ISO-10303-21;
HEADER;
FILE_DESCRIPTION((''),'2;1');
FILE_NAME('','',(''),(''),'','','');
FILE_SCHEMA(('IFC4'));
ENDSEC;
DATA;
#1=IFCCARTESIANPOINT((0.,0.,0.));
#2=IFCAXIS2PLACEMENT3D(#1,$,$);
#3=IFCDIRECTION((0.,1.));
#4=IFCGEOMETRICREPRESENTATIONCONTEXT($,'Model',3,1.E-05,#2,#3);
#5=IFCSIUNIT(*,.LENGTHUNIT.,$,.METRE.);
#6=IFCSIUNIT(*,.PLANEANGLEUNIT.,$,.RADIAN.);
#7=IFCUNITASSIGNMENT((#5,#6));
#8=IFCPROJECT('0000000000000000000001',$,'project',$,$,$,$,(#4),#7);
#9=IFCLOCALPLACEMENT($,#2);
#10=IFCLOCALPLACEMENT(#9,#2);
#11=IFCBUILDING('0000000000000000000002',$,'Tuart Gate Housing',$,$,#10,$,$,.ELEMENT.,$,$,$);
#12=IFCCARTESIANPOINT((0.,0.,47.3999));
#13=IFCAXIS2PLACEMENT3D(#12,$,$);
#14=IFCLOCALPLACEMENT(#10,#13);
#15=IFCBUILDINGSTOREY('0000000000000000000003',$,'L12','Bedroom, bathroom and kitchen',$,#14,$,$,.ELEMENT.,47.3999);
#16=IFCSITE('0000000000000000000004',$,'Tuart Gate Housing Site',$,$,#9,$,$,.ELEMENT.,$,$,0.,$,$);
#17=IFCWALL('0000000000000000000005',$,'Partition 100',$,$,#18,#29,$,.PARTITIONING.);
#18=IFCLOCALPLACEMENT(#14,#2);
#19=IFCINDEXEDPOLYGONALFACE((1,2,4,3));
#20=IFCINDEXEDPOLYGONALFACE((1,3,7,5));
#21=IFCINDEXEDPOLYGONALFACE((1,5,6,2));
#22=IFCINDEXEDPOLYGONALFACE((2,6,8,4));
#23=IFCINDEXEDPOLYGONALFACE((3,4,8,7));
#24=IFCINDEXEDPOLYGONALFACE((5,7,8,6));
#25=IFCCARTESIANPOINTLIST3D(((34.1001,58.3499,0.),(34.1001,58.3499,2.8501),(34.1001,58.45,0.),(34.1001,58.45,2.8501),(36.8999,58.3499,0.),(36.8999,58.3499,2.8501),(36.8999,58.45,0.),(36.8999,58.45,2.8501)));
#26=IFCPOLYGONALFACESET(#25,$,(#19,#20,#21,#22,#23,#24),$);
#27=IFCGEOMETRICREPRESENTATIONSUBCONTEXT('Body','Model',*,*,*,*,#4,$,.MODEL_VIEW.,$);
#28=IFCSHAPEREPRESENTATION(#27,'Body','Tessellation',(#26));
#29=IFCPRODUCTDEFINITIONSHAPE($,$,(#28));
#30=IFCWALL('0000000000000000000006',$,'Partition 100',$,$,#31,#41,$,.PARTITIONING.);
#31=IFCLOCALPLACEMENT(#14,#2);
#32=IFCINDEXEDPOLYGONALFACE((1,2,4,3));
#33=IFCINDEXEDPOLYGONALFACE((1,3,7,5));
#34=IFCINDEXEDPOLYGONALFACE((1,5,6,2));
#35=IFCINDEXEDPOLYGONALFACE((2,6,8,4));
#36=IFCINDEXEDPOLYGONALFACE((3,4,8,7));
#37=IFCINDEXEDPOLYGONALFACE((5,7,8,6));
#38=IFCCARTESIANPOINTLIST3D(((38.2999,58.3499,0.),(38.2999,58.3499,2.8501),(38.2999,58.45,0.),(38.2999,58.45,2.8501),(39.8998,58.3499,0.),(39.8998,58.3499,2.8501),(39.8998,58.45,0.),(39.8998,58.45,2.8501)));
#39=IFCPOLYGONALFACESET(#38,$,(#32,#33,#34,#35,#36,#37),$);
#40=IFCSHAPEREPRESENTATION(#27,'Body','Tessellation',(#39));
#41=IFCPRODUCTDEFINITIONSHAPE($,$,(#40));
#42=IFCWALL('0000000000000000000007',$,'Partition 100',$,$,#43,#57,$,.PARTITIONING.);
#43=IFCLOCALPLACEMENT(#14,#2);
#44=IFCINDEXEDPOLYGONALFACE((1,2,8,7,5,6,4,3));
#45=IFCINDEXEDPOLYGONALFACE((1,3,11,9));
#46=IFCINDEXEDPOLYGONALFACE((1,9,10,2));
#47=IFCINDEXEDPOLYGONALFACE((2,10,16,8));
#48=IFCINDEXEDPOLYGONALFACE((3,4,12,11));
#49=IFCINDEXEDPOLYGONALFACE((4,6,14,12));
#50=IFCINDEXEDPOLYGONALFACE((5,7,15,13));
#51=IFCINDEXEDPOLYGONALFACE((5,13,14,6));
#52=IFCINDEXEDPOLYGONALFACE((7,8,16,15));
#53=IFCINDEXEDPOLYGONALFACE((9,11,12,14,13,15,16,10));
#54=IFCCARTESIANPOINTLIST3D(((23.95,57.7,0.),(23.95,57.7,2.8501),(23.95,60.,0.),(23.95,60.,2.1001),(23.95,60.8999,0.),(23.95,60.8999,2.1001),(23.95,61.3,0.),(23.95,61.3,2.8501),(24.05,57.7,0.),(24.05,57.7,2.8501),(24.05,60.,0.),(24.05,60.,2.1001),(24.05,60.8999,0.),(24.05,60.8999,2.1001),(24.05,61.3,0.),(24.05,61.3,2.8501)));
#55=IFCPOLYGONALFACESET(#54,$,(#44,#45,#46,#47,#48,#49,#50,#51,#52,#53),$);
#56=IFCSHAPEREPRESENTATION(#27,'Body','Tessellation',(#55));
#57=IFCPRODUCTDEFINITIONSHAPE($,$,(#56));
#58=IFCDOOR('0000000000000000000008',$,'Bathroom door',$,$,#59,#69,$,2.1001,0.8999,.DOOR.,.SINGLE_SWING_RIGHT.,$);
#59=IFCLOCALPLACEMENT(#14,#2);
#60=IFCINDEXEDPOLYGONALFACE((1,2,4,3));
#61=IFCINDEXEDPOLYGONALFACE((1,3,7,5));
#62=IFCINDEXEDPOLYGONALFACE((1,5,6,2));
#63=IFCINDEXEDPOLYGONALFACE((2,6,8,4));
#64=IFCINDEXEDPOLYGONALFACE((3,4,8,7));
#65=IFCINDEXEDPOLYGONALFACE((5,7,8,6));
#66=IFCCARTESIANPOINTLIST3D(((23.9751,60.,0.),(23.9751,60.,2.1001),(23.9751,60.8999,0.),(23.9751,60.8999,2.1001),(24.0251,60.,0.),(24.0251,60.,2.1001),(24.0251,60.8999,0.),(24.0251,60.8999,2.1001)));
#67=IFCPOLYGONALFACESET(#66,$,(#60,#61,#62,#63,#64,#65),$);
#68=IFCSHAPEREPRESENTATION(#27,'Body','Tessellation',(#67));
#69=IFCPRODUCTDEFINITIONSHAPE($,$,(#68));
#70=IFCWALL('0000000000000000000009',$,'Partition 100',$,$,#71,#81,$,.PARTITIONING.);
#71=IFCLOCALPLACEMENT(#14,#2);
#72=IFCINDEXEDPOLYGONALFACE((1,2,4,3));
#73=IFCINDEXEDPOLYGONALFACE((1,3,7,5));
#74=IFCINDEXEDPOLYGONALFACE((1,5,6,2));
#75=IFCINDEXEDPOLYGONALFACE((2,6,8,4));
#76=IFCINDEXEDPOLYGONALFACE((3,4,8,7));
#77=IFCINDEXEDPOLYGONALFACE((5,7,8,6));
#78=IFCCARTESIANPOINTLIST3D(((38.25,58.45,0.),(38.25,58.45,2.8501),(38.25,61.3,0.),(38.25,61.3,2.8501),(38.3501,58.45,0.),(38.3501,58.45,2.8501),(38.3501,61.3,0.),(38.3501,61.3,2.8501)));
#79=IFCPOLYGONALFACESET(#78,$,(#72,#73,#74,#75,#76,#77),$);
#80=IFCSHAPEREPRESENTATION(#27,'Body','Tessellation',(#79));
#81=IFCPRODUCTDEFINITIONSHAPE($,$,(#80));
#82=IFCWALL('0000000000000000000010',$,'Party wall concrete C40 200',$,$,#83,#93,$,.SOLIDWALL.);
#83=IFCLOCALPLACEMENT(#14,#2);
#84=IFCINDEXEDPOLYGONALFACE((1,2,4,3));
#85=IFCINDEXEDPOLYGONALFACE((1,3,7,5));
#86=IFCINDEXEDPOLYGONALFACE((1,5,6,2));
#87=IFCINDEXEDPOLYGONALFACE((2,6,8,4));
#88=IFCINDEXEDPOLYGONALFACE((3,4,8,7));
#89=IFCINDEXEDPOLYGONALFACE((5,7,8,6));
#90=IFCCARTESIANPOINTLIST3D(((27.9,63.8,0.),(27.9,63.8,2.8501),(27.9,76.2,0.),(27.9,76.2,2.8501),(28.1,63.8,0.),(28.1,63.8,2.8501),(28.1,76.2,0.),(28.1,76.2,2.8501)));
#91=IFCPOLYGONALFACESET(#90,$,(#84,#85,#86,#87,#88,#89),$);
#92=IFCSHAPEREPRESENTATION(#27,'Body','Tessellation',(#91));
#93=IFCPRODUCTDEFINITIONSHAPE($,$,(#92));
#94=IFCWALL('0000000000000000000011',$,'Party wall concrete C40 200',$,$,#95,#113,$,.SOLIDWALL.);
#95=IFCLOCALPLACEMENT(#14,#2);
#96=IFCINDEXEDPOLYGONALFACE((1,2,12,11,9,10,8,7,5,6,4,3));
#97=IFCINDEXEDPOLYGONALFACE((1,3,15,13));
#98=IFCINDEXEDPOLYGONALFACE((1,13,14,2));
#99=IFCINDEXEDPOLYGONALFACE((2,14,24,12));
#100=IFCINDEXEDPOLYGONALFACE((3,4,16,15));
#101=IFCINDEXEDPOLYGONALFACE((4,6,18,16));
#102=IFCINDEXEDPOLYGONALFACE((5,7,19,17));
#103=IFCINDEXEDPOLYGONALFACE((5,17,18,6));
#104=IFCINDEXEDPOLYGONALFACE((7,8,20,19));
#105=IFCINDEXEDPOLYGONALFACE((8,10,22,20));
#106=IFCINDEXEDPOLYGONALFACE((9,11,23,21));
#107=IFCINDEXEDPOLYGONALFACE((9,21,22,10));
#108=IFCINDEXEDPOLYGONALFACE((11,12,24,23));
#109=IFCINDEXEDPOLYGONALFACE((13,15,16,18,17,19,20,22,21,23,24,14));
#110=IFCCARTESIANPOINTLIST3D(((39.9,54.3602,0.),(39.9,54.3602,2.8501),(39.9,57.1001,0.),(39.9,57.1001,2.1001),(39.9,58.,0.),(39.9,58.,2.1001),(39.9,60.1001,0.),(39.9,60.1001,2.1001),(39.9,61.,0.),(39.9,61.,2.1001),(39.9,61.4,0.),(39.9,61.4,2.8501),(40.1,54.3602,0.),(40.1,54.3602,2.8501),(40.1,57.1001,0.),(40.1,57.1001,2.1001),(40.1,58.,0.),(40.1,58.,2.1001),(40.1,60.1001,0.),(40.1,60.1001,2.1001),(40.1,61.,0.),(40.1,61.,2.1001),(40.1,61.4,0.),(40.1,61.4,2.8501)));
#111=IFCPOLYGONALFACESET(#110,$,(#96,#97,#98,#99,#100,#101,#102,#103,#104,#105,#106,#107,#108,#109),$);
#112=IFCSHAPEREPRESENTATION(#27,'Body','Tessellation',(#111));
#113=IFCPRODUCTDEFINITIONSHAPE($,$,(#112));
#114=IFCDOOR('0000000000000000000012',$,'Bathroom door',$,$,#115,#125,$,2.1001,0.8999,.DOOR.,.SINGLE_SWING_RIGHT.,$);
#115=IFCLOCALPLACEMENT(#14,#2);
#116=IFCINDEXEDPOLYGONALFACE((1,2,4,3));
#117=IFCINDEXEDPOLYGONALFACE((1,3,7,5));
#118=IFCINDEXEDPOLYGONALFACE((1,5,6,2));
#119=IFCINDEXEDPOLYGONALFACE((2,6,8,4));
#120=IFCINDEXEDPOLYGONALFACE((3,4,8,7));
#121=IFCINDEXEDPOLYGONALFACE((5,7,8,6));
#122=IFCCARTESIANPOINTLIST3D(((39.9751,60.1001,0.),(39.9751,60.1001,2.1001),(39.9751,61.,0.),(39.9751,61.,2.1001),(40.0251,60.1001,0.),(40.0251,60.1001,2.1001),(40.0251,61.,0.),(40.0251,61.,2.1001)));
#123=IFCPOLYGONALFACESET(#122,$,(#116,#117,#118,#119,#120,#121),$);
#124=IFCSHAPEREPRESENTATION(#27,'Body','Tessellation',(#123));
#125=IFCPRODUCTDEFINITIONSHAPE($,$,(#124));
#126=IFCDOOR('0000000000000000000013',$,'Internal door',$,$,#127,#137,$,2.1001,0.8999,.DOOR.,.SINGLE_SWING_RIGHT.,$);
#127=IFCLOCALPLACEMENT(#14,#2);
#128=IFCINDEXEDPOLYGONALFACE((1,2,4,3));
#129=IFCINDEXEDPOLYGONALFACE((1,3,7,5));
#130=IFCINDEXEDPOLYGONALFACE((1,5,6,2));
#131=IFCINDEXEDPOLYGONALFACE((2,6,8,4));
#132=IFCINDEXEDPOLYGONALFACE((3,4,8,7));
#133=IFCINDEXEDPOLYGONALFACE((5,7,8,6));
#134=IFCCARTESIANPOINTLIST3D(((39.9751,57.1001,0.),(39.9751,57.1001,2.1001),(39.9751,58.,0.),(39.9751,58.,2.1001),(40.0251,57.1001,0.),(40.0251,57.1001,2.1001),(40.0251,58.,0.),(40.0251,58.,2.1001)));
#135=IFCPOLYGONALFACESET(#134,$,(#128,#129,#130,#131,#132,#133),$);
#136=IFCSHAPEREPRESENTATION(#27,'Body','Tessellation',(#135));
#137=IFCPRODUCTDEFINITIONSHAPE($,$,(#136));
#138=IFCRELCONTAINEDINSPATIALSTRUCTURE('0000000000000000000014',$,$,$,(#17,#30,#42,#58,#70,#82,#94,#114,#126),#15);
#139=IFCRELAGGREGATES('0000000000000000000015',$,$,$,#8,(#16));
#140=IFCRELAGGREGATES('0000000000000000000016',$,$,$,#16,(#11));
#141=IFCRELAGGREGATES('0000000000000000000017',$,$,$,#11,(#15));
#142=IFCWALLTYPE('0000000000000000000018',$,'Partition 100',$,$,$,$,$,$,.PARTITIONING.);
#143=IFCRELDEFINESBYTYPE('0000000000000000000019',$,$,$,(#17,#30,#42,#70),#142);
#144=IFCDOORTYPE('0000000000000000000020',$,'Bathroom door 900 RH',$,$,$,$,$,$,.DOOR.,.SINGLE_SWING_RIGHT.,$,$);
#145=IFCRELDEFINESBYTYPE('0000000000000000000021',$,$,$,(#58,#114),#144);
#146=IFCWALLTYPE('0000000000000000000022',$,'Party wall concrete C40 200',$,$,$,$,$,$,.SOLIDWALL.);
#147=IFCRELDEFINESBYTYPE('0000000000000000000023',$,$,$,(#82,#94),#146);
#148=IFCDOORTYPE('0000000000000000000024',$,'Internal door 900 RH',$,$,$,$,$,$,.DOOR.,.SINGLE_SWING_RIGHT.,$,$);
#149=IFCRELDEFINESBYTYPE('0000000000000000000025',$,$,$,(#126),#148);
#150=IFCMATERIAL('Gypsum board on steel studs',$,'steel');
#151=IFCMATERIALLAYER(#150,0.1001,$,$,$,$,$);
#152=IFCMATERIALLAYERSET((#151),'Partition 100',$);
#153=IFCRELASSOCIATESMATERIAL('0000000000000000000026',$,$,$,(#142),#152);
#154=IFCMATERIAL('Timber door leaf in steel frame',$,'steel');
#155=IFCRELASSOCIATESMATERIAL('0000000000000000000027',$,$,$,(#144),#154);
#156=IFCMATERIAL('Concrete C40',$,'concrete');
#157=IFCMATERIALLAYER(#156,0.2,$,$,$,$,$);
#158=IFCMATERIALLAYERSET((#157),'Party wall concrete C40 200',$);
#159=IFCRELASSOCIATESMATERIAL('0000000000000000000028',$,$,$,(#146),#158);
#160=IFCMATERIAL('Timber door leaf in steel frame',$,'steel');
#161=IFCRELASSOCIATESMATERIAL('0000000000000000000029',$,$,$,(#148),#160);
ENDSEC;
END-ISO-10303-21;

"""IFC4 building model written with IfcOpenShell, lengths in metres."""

from ifc_helpers import new_model, si_unit, direction, frame, frame_2d, origin, place, context, subcontext, project, spatial, rectangle, extrude, material, layer, layer_set, type_object, element, fill, save


model = new_model("IFC4")

# Units and contexts
model_context = context("Model", 3, precision=1e-05, world=origin(), true_north=direction((0.0, 1.0)))
body_context = subcontext(model_context, "Body", "Model", "MODEL_VIEW")
ifc_project = project(units=[si_unit("LENGTHUNIT", "METRE"), si_unit("PLANEANGLEUNIT", "RADIAN")], contexts=[model_context])

# Site, building, storey
site_placement = place(None, origin())
site = spatial("IfcSite", under=ifc_project, at=site_placement, Name="Tuart Gate Housing Site", CompositionType="ELEMENT", RefElevation=0.0)
building_placement = place(site_placement, origin())
building = spatial("IfcBuilding", under=site, at=building_placement, Name="Tuart Gate Housing", CompositionType="ELEMENT")
storey_placement = place(building_placement, frame((0.0, 0.0, 47.3999)))
storey = spatial("IfcBuildingStorey", under=building, at=storey_placement, Name="L12", Description="Bedroom, bathroom and kitchen", CompositionType="ELEMENT", Elevation=47.3999)

# Walls
ifc_material_1 = material(Name="Gypsum board on steel studs", Category="steel")
ifc_layer_1 = layer(ifc_material_1, 0.1001)
ifc_layer_set_1 = layer_set([ifc_layer_1], Name="Partition 100")
wall_type_1 = type_object("IfcWallType", Name="Partition 100", PredefinedType="PARTITIONING", material=ifc_layer_set_1)
wall_1_placement = place(storey_placement, frame((34.1001, 58.3999, 0.0), z_axis=(0.0, 0.0, 1.0), x_axis=(1.0, 0.0, 0.0)))
element("IfcWall", 1, at=wall_1_placement, inside=storey, type_object=wall_type_1, Name="Partition 100", PredefinedType="PARTITIONING", context=body_context, shape_type="SweptSolid", body=[
    extrude(rectangle(XDim=2.7998, YDim=0.1001, at=frame_2d((1.3999, 0.0))), origin(), (0.0, 0.0, 1.0), 2.8501),
])
wall_2_placement = place(storey_placement, frame((38.3, 58.3999, 0.0), z_axis=(0.0, 0.0, 1.0), x_axis=(1.0, 0.0, 0.0)))
element("IfcWall", 2, at=wall_2_placement, inside=storey, type_object=wall_type_1, Name="Partition 100", PredefinedType="PARTITIONING", context=body_context, shape_type="SweptSolid", body=[
    extrude(rectangle(XDim=1.5999, YDim=0.1001, at=frame_2d((0.7998, 0.0))), origin(), (0.0, 0.0, 1.0), 2.8501),
])

# Wall, opening, door
wall_3_placement = place(storey_placement, frame((24.0, 57.7, 0.0), z_axis=(0.0, 0.0, 1.0), x_axis=(0.0, 1.0, 0.0)))
wall_3 = element("IfcWall", 3, at=wall_3_placement, inside=storey, type_object=wall_type_1, Name="Partition 100", PredefinedType="PARTITIONING", context=body_context, shape_type="SweptSolid", body=[
    extrude(rectangle(XDim=3.6001, YDim=0.1001, at=frame_2d((1.8, 0.0))), origin(), (0.0, 0.0, 1.0), 2.8501),
])
opening_1_placement = place(wall_3_placement, frame((2.3, 0.0, 0.0)))
opening_1 = element("IfcOpeningElement", 4, at=opening_1_placement, cuts=wall_3, PredefinedType="OPENING", context=body_context, shape_type="SweptSolid", body=[
    extrude(rectangle(XDim=0.8999, YDim=2.1001, at=frame_2d((0.45, 1.05))), frame((0.0, 0.0601, 0.0), z_axis=(0.0, -1.0, 0.0), x_axis=(1.0, 0.0, 0.0)), (0.0, 0.0, 1.0), 0.1201),
])
ifc_material_2 = material(Name="Timber door leaf in steel frame", Category="steel")
door_type_1 = type_object("IfcDoorType", Name="Bathroom door 900 RH", OperationType="SINGLE_SWING_RIGHT", PredefinedType="DOOR", material=ifc_material_2)
door_1_placement = place(opening_1_placement, origin())
door_1 = element("IfcDoor", 5, at=door_1_placement, inside=storey, type_object=door_type_1, Name="Bathroom door", OperationType="SINGLE_SWING_RIGHT", OverallHeight=2.1001, OverallWidth=0.8999, PredefinedType="DOOR", context=body_context, shape_type="SweptSolid", body=[
    extrude(rectangle(XDim=0.8999, YDim=2.1001, at=frame_2d((0.45, 1.05))), frame((0.0, 0.0249, 0.0), z_axis=(0.0, -1.0, 0.0), x_axis=(1.0, 0.0, 0.0)), (0.0, 0.0, 1.0), 0.05),
])
fill(opening_1, door_1)

# Walls
wall_4_placement = place(storey_placement, frame((38.3, 58.45, 0.0), z_axis=(0.0, 0.0, 1.0), x_axis=(0.0, 1.0, 0.0)))
element("IfcWall", 6, at=wall_4_placement, inside=storey, type_object=wall_type_1, Name="Partition 100", PredefinedType="PARTITIONING", context=body_context, shape_type="SweptSolid", body=[
    extrude(rectangle(XDim=2.8501, YDim=0.1001, at=frame_2d((1.425, 0.0))), origin(), (0.0, 0.0, 1.0), 2.8501),
])
ifc_material_3 = material(Name="Concrete C40", Category="concrete")
ifc_layer_2 = layer(ifc_material_3, 0.2)
ifc_layer_set_2 = layer_set([ifc_layer_2], Name="Party wall concrete C40 200")
wall_type_2 = type_object("IfcWallType", Name="Party wall concrete C40 200", PredefinedType="SOLIDWALL", material=ifc_layer_set_2)
wall_5_placement = place(storey_placement, frame((28.0, 63.8, 0.0), z_axis=(0.0, 0.0, 1.0), x_axis=(0.0, 1.0, 0.0)))
element("IfcWall", 7, at=wall_5_placement, inside=storey, type_object=wall_type_2, Name="Party wall concrete C40 200", PredefinedType="SOLIDWALL", context=body_context, shape_type="SweptSolid", body=[
    extrude(rectangle(XDim=12.3999, YDim=0.2, at=frame_2d((6.2, 0.0))), origin(), (0.0, 0.0, 1.0), 2.8501),
])

# Wall, openings, doors
wall_6_placement = place(storey_placement, frame((40.0, 54.3601, 0.0), z_axis=(0.0, 0.0, 1.0), x_axis=(0.0, 1.0, 0.0)))
wall_6 = element("IfcWall", 8, at=wall_6_placement, inside=storey, type_object=wall_type_2, Name="Party wall concrete C40 200", PredefinedType="SOLIDWALL", context=body_context, shape_type="SweptSolid", body=[
    extrude(rectangle(XDim=7.0398, YDim=0.2, at=frame_2d((3.52, 0.0))), origin(), (0.0, 0.0, 1.0), 2.8501),
])
opening_2_placement = place(wall_6_placement, frame((2.74, 0.0, 0.0)))
opening_2 = element("IfcOpeningElement", 9, at=opening_2_placement, cuts=wall_6, PredefinedType="OPENING", context=body_context, shape_type="SweptSolid", body=[
    extrude(rectangle(XDim=0.8999, YDim=2.1001, at=frame_2d((0.45, 1.05))), frame((0.0, 0.1099, 0.0), z_axis=(0.0, -1.0, 0.0), x_axis=(1.0, 0.0, 0.0)), (0.0, 0.0, 1.0), 0.22),
])
opening_3_placement = place(wall_6_placement, frame((5.74, 0.0, 0.0)))
opening_3 = element("IfcOpeningElement", 10, at=opening_3_placement, cuts=wall_6, PredefinedType="OPENING", context=body_context, shape_type="SweptSolid", body=[
    extrude(rectangle(XDim=0.8999, YDim=2.1001, at=frame_2d((0.45, 1.05))), frame((0.0, 0.1099, 0.0), z_axis=(0.0, -1.0, 0.0), x_axis=(1.0, 0.0, 0.0)), (0.0, 0.0, 1.0), 0.22),
])
door_2_placement = place(opening_3_placement, origin())
door_2 = element("IfcDoor", 11, at=door_2_placement, inside=storey, type_object=door_type_1, Name="Bathroom door", OperationType="SINGLE_SWING_RIGHT", OverallHeight=2.1001, OverallWidth=0.8999, PredefinedType="DOOR", context=body_context, shape_type="SweptSolid", body=[
    extrude(rectangle(XDim=0.8999, YDim=2.1001, at=frame_2d((0.45, 1.05))), frame((0.0, 0.0249, 0.0), z_axis=(0.0, -1.0, 0.0), x_axis=(1.0, 0.0, 0.0)), (0.0, 0.0, 1.0), 0.05),
])
fill(opening_3, door_2)
ifc_material_4 = material(Name="Timber door leaf in steel frame", Category="steel")
door_type_2 = type_object("IfcDoorType", Name="Internal door 900 RH", OperationType="SINGLE_SWING_RIGHT", PredefinedType="DOOR", material=ifc_material_4)
door_3_placement = place(opening_2_placement, origin())
door_3 = element("IfcDoor", 12, at=door_3_placement, inside=storey, type_object=door_type_2, Name="Internal door", OperationType="SINGLE_SWING_RIGHT", OverallHeight=2.1001, OverallWidth=0.8999, PredefinedType="DOOR", context=body_context, shape_type="SweptSolid", body=[
    extrude(rectangle(XDim=0.8999, YDim=2.1001, at=frame_2d((0.45, 1.05))), frame((0.0, 0.0249, 0.0), z_axis=(0.0, -1.0, 0.0), x_axis=(1.0, 0.0, 0.0)), (0.0, 0.0, 1.0), 0.05),
])
fill(opening_2, door_3)

save(model, "model.ifc")
